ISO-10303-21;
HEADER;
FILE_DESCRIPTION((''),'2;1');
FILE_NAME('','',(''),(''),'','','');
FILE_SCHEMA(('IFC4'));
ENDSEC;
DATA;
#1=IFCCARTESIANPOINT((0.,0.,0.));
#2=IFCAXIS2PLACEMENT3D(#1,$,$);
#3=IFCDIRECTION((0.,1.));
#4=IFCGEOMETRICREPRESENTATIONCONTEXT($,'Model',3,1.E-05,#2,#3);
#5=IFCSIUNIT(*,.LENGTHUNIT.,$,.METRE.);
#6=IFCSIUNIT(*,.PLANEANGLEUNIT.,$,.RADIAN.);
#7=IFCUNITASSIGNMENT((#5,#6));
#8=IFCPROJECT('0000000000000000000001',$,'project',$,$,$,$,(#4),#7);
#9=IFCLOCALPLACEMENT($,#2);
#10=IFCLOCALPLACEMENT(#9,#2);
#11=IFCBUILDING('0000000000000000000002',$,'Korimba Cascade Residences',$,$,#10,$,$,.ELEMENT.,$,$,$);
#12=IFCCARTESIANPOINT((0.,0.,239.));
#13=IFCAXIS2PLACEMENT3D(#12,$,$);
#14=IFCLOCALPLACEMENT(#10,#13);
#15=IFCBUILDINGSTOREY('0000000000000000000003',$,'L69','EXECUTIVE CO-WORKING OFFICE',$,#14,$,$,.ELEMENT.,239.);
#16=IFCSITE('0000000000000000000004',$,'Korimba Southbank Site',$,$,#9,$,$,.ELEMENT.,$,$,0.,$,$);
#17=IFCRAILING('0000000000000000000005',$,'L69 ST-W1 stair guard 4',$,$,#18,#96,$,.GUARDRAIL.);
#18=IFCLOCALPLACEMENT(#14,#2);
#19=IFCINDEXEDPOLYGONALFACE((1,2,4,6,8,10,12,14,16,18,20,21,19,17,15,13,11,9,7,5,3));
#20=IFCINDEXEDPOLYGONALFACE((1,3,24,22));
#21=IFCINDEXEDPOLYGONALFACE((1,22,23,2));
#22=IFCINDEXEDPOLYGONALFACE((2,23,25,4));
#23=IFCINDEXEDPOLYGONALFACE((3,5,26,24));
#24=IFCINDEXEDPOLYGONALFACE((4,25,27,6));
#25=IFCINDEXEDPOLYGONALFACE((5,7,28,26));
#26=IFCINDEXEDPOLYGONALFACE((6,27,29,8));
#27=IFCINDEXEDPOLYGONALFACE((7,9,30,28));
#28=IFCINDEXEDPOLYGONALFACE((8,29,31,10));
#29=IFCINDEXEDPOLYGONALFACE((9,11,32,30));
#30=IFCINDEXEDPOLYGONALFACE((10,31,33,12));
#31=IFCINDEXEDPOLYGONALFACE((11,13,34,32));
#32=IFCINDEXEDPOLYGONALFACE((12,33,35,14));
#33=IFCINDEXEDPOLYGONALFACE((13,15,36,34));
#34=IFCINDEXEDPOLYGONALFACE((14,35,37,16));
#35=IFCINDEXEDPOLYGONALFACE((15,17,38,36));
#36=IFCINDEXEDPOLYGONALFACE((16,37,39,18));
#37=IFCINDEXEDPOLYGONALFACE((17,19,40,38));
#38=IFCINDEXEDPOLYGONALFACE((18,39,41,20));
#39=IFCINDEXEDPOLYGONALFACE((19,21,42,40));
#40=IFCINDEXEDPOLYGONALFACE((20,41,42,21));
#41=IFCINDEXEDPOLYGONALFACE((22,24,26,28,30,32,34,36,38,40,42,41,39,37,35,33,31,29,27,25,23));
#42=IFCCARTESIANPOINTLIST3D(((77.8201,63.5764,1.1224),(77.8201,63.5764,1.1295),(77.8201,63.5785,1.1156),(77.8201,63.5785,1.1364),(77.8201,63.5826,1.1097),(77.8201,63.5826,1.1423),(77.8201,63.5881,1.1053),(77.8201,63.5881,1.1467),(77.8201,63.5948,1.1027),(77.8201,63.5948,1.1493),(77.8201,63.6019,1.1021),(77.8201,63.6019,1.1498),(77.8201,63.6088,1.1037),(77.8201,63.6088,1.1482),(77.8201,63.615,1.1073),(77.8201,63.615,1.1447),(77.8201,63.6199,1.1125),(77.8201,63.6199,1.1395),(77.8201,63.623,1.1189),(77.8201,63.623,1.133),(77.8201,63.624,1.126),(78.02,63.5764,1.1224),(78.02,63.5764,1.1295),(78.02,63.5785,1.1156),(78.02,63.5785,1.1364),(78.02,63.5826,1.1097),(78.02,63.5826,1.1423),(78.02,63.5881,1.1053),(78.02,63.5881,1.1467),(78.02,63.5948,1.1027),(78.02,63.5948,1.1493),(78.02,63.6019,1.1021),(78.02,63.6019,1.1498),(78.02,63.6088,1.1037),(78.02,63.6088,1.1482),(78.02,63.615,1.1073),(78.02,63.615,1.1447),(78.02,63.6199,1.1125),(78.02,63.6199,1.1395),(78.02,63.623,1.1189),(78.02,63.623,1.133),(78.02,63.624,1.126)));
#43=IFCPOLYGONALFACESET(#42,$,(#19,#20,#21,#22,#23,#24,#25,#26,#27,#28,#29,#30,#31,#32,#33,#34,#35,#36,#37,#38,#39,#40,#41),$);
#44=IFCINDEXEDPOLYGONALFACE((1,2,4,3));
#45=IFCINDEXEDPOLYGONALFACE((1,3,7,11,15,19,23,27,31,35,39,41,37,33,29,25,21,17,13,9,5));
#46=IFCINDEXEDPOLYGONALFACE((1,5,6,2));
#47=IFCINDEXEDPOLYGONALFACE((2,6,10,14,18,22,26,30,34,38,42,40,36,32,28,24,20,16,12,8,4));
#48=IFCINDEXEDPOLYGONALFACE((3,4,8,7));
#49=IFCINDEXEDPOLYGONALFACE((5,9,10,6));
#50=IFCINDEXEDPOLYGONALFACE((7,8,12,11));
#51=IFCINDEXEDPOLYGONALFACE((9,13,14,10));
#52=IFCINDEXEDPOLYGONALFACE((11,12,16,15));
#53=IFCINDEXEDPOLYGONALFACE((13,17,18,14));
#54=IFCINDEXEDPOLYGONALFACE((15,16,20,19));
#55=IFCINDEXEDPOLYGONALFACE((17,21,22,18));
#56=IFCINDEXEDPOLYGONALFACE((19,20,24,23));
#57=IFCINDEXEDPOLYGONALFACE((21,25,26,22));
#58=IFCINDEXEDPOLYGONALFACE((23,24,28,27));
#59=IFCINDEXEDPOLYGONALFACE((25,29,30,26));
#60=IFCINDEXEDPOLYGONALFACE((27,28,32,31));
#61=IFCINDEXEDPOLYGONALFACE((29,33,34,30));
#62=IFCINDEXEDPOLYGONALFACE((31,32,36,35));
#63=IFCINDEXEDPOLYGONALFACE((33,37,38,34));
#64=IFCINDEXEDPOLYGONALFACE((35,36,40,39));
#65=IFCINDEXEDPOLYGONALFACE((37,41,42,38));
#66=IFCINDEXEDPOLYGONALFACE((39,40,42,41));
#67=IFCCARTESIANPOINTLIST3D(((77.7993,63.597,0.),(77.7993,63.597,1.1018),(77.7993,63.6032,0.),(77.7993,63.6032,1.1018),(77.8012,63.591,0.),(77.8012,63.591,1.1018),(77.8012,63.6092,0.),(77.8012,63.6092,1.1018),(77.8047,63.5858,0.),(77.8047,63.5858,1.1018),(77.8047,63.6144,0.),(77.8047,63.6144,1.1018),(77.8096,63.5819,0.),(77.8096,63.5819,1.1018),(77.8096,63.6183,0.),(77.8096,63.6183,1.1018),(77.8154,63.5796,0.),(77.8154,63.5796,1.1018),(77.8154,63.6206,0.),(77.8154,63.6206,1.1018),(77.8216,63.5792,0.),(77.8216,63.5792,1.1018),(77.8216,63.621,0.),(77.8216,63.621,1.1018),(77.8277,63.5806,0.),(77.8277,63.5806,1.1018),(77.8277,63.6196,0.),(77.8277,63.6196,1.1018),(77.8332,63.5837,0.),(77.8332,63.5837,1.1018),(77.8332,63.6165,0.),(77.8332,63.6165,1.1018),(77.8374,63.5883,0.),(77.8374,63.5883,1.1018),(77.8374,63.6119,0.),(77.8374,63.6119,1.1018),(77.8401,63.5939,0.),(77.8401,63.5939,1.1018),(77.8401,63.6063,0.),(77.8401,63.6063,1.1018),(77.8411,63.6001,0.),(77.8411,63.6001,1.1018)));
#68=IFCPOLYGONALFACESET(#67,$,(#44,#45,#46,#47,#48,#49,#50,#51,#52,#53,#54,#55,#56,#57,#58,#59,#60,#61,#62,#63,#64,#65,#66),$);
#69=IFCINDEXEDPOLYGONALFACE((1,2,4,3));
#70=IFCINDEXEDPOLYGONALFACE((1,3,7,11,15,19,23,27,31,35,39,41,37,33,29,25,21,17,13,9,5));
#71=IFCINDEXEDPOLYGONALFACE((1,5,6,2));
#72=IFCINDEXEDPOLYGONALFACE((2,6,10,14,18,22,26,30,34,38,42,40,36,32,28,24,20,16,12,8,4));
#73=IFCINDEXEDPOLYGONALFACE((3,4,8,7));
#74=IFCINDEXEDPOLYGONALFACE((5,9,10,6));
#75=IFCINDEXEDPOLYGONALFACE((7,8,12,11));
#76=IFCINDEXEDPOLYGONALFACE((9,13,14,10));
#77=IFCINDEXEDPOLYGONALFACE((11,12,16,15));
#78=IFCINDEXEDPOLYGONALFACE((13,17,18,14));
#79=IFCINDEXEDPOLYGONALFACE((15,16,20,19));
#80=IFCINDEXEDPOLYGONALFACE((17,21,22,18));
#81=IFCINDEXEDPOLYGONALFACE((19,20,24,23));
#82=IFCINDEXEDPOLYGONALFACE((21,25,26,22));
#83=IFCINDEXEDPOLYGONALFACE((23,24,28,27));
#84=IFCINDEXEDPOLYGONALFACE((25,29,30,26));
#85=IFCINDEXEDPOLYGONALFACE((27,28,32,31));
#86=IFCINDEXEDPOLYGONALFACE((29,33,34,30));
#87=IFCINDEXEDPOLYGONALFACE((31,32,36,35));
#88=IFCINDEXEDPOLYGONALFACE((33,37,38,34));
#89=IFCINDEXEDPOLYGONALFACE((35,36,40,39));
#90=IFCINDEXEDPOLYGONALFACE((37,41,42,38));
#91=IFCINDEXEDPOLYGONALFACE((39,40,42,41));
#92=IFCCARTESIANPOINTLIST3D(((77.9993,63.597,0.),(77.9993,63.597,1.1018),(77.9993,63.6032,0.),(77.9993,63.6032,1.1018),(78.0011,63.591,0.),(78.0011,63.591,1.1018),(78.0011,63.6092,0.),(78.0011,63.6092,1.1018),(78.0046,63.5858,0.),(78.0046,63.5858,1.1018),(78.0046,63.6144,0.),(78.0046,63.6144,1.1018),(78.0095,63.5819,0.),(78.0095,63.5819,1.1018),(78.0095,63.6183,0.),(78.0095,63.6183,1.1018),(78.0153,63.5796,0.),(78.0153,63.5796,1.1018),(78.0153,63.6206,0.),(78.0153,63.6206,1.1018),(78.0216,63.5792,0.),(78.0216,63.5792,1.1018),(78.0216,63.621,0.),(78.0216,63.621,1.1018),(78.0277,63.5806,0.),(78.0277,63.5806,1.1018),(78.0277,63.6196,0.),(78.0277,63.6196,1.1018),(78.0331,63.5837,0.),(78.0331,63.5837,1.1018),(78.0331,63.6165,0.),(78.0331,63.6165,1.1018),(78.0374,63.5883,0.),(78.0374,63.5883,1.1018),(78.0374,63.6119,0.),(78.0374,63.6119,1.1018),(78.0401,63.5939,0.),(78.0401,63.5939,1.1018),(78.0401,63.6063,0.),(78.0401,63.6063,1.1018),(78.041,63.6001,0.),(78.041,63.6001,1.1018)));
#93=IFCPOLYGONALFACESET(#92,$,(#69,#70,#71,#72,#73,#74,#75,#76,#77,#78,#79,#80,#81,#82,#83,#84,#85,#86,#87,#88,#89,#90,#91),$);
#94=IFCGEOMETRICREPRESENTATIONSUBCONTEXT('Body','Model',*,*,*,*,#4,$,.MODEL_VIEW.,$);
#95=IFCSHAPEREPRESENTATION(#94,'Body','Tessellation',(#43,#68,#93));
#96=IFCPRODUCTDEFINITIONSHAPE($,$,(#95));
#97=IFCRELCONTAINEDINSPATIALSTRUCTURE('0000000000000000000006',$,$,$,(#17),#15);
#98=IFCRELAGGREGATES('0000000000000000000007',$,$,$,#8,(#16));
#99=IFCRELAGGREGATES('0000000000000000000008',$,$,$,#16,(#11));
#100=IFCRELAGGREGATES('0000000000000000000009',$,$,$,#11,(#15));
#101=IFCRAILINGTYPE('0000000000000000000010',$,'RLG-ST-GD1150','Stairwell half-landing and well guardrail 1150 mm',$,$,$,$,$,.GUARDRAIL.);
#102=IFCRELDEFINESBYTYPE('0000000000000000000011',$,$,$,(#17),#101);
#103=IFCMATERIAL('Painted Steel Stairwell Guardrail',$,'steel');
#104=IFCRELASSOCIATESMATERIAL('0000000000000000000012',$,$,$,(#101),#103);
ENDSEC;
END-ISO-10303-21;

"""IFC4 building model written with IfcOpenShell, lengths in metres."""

from ifc_helpers import new_model, si_unit, direction, frame, origin, origin_2d, place, context, subcontext, project, spatial, circle, extrude, material, type_object, element, save


model = new_model("IFC4")

# Units and contexts
model_context = context("Model", 3, precision=1e-05, world=origin(), true_north=direction((0.0, 1.0)))
body_context = subcontext(model_context, "Body", "Model", "MODEL_VIEW")
ifc_project = project(units=[si_unit("LENGTHUNIT", "METRE"), si_unit("PLANEANGLEUNIT", "RADIAN")], contexts=[model_context])

# Site, building, storey
site_placement = place(None, origin())
site = spatial("IfcSite", under=ifc_project, at=site_placement, Name="Korimba Southbank Site", CompositionType="ELEMENT", RefElevation=0.0)
building_placement = place(site_placement, origin())
building = spatial("IfcBuilding", under=site, at=building_placement, Name="Korimba Cascade Residences", CompositionType="ELEMENT")
storey_placement = place(building_placement, frame((0.0, 0.0, 239.0)))
storey = spatial("IfcBuildingStorey", under=building, at=storey_placement, Name="L69", Description="EXECUTIVE CO-WORKING OFFICE", CompositionType="ELEMENT", Elevation=239.0)

# Railing
ifc_material_1 = material(Name="Painted Steel Stairwell Guardrail", Category="steel")
railing_type_1 = type_object("IfcRailingType", Name="RLG-ST-GD1150", Description="Stairwell half-landing and well guardrail 1150 mm", PredefinedType="GUARDRAIL", material=ifc_material_1)
railing_1_placement = place(storey_placement, frame((77.8201, 63.6001, 0.0)))
element("IfcRailing", 1, at=railing_1_placement, inside=storey, type_object=railing_type_1, Name="L69 ST-W1 stair guard 4", PredefinedType="GUARDRAIL", context=body_context, shape_type="SweptSolid", body=[
    extrude(circle(Radius=0.0239, at=origin_2d()), frame((0.0, 0.0, 1.126), z_axis=(1.0, 0.0, 0.0), x_axis=(0.0, 1.0, 0.0)), (0.0, 0.0, 1.0), 0.2),
    extrude(circle(Radius=0.021, at=origin_2d()), origin(), (0.0, 0.0, 1.0), 1.1018),
    extrude(circle(Radius=0.021, at=origin_2d()), frame((0.2, 0.0, 0.0)), (0.0, 0.0, 1.0), 1.1018),
])

save(model, "model.ifc")
